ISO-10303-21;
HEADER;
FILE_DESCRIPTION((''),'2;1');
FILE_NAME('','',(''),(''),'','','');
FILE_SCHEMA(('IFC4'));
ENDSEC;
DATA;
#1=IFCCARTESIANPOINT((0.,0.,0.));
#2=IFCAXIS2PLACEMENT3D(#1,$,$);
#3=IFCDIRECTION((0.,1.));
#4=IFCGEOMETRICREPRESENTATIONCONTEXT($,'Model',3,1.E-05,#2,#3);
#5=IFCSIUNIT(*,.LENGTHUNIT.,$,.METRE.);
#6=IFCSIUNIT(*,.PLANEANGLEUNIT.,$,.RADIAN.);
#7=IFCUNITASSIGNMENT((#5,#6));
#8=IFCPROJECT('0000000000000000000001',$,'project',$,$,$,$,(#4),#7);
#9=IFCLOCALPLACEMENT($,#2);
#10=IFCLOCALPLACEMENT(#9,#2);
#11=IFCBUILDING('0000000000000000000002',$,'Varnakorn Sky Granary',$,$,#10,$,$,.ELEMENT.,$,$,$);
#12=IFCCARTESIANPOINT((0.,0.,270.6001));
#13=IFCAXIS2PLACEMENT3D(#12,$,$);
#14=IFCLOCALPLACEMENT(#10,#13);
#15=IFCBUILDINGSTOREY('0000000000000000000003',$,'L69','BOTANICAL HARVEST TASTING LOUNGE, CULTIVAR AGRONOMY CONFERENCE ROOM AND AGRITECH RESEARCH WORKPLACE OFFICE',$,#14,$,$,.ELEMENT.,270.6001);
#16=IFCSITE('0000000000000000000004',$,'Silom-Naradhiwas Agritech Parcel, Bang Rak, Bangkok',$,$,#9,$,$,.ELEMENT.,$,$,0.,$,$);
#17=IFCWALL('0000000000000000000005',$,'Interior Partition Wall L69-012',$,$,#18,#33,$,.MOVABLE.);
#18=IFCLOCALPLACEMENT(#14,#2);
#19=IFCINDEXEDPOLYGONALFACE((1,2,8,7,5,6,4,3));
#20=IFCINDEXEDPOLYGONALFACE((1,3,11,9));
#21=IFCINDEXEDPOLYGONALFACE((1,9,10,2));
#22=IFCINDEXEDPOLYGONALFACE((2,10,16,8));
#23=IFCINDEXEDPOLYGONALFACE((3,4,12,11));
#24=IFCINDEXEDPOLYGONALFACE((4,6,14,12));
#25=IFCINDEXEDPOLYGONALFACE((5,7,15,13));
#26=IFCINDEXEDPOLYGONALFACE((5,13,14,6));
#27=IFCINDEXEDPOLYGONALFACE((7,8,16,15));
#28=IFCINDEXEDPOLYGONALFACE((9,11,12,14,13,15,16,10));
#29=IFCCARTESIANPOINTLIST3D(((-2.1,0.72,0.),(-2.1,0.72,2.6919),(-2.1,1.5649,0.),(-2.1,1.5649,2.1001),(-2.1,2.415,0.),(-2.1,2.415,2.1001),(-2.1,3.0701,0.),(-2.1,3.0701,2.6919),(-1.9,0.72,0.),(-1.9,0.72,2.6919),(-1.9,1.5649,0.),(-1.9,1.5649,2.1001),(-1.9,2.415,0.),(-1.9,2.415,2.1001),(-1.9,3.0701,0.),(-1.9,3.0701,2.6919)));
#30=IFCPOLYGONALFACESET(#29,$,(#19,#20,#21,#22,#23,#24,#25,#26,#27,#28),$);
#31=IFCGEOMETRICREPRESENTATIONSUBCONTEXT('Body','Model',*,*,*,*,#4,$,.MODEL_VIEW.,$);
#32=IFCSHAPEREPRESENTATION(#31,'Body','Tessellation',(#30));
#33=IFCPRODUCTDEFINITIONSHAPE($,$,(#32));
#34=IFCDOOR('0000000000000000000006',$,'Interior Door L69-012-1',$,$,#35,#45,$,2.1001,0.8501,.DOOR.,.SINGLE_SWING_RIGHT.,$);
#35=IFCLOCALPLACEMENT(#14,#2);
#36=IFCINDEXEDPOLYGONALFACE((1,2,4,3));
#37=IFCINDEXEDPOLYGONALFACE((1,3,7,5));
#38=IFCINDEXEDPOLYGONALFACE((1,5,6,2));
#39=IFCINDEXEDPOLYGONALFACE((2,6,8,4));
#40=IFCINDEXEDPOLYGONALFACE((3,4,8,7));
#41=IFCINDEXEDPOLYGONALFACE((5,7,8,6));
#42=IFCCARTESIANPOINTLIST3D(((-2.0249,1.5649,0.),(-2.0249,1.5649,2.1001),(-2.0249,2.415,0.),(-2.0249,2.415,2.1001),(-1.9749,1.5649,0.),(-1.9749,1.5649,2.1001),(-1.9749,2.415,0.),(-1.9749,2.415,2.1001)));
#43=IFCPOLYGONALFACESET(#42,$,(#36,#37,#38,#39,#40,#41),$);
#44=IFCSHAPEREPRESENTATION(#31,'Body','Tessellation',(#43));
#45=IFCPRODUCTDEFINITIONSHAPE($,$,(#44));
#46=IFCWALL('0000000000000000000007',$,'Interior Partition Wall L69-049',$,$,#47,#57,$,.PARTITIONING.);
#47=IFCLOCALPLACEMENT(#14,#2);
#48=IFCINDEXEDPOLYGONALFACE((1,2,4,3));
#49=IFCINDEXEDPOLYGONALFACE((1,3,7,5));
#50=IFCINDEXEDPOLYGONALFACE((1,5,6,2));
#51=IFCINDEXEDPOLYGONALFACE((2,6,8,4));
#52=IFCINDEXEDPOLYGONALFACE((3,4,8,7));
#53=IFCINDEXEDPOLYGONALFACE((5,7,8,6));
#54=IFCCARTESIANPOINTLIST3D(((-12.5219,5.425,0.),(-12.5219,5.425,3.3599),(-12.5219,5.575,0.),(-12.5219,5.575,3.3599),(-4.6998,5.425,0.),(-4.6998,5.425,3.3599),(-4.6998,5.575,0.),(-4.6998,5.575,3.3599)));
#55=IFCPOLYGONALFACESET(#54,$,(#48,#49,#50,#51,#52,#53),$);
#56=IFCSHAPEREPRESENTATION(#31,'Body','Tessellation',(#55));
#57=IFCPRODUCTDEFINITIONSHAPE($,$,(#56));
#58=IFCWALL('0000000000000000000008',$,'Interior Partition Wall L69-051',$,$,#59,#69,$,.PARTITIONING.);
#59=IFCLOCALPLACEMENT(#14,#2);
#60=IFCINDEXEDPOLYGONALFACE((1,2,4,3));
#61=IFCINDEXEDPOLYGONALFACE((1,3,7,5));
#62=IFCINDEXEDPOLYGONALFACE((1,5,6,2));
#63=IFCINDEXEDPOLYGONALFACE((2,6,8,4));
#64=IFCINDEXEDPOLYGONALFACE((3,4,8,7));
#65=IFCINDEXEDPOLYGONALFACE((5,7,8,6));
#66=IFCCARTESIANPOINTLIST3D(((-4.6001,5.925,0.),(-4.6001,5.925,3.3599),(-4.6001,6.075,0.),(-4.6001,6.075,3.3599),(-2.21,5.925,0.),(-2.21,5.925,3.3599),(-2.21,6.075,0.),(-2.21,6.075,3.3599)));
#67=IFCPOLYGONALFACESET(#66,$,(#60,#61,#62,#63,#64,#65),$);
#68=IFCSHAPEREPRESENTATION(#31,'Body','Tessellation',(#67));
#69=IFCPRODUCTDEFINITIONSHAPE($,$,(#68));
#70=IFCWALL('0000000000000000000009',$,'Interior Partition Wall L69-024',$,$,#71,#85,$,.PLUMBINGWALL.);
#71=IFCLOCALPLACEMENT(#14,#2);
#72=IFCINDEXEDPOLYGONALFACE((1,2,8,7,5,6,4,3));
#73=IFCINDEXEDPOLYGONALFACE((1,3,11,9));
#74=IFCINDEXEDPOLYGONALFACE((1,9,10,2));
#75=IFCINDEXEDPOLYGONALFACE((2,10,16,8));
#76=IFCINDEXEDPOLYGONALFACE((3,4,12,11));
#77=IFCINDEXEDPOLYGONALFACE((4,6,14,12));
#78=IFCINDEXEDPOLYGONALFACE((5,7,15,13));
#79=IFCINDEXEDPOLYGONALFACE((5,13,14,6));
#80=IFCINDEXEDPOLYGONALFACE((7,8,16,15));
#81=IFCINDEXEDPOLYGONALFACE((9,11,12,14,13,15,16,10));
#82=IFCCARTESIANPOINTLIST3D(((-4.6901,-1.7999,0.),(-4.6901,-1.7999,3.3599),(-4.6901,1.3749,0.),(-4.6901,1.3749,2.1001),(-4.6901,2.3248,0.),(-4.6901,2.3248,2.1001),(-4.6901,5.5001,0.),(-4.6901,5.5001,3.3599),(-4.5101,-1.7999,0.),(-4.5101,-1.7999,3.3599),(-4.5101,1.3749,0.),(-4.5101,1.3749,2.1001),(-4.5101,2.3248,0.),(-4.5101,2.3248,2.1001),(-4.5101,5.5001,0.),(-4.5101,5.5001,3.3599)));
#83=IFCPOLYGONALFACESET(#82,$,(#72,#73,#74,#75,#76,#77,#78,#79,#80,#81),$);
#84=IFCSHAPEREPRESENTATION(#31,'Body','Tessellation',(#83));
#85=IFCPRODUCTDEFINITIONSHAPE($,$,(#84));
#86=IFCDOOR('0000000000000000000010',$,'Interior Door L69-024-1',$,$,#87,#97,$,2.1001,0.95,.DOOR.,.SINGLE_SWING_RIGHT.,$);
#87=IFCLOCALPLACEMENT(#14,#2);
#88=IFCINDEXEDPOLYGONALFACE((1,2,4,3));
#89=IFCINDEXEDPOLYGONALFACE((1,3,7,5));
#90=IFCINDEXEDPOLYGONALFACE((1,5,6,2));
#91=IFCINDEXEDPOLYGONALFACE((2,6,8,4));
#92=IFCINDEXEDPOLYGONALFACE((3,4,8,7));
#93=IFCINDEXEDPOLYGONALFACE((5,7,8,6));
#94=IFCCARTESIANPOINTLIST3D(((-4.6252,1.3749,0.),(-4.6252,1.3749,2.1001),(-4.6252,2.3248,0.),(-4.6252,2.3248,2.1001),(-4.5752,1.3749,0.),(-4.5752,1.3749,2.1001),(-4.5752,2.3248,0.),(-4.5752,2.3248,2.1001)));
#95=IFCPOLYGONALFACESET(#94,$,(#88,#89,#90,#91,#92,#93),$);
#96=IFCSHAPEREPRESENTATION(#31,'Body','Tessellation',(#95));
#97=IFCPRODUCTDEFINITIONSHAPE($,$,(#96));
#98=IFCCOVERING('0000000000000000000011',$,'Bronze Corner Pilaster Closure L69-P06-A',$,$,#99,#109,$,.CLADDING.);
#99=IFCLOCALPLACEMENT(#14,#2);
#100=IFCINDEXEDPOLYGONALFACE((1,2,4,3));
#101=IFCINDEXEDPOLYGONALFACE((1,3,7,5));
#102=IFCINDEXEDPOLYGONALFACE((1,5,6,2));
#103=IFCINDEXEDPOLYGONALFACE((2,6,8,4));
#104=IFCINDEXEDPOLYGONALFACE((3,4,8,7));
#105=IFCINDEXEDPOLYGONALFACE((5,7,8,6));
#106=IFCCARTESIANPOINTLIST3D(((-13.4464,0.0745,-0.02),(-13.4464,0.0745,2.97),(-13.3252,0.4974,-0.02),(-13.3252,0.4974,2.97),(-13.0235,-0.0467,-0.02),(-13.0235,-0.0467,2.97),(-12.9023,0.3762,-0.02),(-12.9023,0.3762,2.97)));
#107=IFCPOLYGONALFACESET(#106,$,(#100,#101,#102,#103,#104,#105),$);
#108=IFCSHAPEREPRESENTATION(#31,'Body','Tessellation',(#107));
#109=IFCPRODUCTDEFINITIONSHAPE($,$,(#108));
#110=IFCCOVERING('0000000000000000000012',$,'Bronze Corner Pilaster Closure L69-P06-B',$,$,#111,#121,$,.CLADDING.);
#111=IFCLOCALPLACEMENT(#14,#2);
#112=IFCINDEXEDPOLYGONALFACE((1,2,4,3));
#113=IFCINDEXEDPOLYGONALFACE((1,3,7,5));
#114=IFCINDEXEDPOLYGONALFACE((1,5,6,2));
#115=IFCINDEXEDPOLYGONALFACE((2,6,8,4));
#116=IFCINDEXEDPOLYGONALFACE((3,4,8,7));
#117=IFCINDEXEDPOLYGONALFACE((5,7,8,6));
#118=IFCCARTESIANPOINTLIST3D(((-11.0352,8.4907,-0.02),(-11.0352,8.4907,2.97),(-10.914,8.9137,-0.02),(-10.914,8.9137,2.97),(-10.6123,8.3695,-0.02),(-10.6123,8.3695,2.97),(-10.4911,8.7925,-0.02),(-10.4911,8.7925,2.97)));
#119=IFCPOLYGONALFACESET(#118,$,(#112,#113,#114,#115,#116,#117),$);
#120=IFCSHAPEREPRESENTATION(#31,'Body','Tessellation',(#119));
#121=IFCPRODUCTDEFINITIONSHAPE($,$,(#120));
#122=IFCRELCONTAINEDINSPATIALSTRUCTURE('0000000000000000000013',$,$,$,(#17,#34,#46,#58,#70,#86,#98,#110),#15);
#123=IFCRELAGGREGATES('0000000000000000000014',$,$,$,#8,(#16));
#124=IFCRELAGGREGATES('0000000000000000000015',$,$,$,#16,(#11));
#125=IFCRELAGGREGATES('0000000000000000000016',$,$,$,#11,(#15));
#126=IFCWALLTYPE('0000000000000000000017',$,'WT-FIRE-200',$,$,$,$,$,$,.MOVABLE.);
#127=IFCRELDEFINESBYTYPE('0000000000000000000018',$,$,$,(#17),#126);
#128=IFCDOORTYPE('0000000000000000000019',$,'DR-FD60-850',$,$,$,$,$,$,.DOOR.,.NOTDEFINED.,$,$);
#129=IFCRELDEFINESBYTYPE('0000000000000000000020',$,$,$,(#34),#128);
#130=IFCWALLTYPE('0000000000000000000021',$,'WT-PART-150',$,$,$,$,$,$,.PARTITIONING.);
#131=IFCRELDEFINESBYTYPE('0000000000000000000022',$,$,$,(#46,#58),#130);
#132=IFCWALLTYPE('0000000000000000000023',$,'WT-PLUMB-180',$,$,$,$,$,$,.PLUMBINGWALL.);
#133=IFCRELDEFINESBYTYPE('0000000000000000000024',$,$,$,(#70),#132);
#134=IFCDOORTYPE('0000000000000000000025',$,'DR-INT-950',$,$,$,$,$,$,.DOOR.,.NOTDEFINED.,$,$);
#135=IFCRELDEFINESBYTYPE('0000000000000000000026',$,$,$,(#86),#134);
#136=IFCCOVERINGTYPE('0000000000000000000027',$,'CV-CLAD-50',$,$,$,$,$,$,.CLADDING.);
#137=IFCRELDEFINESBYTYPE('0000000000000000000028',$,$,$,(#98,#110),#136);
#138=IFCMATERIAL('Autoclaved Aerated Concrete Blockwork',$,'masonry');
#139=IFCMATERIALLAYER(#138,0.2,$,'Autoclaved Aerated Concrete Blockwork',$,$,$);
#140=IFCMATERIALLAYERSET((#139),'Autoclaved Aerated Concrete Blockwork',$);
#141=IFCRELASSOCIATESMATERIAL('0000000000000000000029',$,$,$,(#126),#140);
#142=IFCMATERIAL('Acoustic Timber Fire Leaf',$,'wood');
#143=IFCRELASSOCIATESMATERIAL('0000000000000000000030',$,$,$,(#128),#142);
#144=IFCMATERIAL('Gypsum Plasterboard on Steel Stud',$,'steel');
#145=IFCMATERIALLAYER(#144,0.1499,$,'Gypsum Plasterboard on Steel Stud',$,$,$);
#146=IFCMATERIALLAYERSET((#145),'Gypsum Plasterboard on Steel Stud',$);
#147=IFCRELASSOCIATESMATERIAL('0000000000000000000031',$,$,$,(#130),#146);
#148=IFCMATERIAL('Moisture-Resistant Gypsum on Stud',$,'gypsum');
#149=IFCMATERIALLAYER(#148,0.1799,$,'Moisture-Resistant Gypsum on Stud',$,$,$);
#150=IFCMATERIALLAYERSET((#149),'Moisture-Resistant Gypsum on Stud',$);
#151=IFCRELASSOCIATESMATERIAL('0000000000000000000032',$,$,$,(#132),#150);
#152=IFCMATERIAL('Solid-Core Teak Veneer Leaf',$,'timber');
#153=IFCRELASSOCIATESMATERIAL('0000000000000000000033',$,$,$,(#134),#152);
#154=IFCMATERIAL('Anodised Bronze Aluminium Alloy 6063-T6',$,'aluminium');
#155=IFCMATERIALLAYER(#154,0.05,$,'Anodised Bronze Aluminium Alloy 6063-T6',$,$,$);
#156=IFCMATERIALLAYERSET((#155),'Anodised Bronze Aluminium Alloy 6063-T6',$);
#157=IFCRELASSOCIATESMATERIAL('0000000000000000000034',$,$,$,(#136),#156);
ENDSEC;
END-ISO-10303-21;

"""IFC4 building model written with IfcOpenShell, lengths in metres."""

from ifc_helpers import new_model, si_unit, direction, frame, frame_2d, origin, origin_2d, place, context, subcontext, project, spatial, rectangle, extrude, source, transform, mapped, material, layer, layer_set, type_object, type_shapes, element, fill, save


model = new_model("IFC4")

# Units and contexts
model_context = context("Model", 3, precision=1e-05, world=origin(), true_north=direction((0.0, 1.0)))
body_context = subcontext(model_context, "Body", "Model", "MODEL_VIEW")
ifc_project = project(units=[si_unit("LENGTHUNIT", "METRE"), si_unit("PLANEANGLEUNIT", "RADIAN")], contexts=[model_context])

# Site, building, storey
site_placement = place(None, origin())
site = spatial("IfcSite", under=ifc_project, at=site_placement, Name="Silom-Naradhiwas Agritech Parcel, Bang Rak, Bangkok", CompositionType="ELEMENT", RefElevation=0.0)
building_placement = place(site_placement, origin())
building = spatial("IfcBuilding", under=site, at=building_placement, Name="Varnakorn Sky Granary", CompositionType="ELEMENT")
storey_placement = place(building_placement, frame((0.0, 0.0, 270.6001)))
storey = spatial("IfcBuildingStorey", under=building, at=storey_placement, Name="L69", Description="BOTANICAL HARVEST TASTING LOUNGE, CULTIVAR AGRONOMY CONFERENCE ROOM AND AGRITECH RESEARCH WORKPLACE OFFICE", CompositionType="ELEMENT", Elevation=270.6001)

# Shared definitions
ifc_material_1 = material(Name="Anodised Bronze Aluminium Alloy 6063-T6", Category="aluminium")

# Wall, opening, door
ifc_material_2 = material(Name="Autoclaved Aerated Concrete Blockwork", Category="masonry")
ifc_layer_1 = layer(ifc_material_2, 0.2, Name="Autoclaved Aerated Concrete Blockwork")
ifc_layer_set_1 = layer_set([ifc_layer_1], Name="Autoclaved Aerated Concrete Blockwork")
wall_type_1 = type_object("IfcWallType", Name="WT-FIRE-200", PredefinedType="MOVABLE", material=ifc_layer_set_1)
wall_1_placement = place(storey_placement, frame((-2.0, 0.72, 0.0), z_axis=(0.0, 0.0, 1.0), x_axis=(0.0, 1.0, 0.0)))
wall_1 = element("IfcWall", 1, at=wall_1_placement, inside=storey, type_object=wall_type_1, Name="Interior Partition Wall L69-012", PredefinedType="MOVABLE", context=body_context, shape_type="SweptSolid", body=[
    extrude(rectangle(XDim=2.3501, YDim=0.2, at=frame_2d((1.175, 0.0))), origin(), (0.0, 0.0, 1.0), 2.6919),
])
opening_1_placement = place(wall_1_placement, frame((0.845, 0.0, 0.0)))
opening_1 = element("IfcOpeningElement", 2, at=opening_1_placement, cuts=wall_1, PredefinedType="OPENING", context=body_context, shape_type="SweptSolid", body=[
    extrude(rectangle(XDim=0.8501, YDim=2.1001, at=frame_2d((0.425, 1.05))), frame((0.0, 0.1099, 0.0), z_axis=(0.0, -1.0, 0.0), x_axis=(1.0, 0.0, 0.0)), (0.0, 0.0, 1.0), 0.22),
])
ifc_material_3 = material(Name="Acoustic Timber Fire Leaf", Category="wood")
door_type_1 = type_object("IfcDoorType", Name="DR-FD60-850", OperationType="NOTDEFINED", PredefinedType="DOOR", material=ifc_material_3)
door_1_placement = place(opening_1_placement, origin())
door_1 = element("IfcDoor", 3, at=door_1_placement, inside=storey, type_object=door_type_1, Name="Interior Door L69-012-1", OperationType="SINGLE_SWING_RIGHT", OverallHeight=2.1001, OverallWidth=0.8501, PredefinedType="DOOR", context=body_context, shape_type="SweptSolid", body=[
    extrude(rectangle(XDim=0.8501, YDim=2.1001, at=frame_2d((0.425, 1.05))), frame((0.0, 0.0249, 0.0), z_axis=(0.0, -1.0, 0.0), x_axis=(1.0, 0.0, 0.0)), (0.0, 0.0, 1.0), 0.05),
])
fill(opening_1, door_1)

# Walls
ifc_material_4 = material(Name="Gypsum Plasterboard on Steel Stud", Category="steel")
ifc_layer_2 = layer(ifc_material_4, 0.1499, Name="Gypsum Plasterboard on Steel Stud")
ifc_layer_set_2 = layer_set([ifc_layer_2], Name="Gypsum Plasterboard on Steel Stud")
wall_type_2 = type_object("IfcWallType", Name="WT-PART-150", PredefinedType="PARTITIONING", material=ifc_layer_set_2)
wall_2_placement = place(storey_placement, frame((-12.522, 5.5, 0.0), z_axis=(0.0, 0.0, 1.0), x_axis=(1.0, 0.0, 0.0)))
element("IfcWall", 4, at=wall_2_placement, inside=storey, type_object=wall_type_2, Name="Interior Partition Wall L69-049", PredefinedType="PARTITIONING", context=body_context, shape_type="SweptSolid", body=[
    extrude(rectangle(XDim=7.822, YDim=0.1499, at=frame_2d((3.9111, 0.0))), origin(), (0.0, 0.0, 1.0), 3.3599),
])
wall_3_placement = place(storey_placement, frame((-2.21, 6.0, 0.0), z_axis=(0.0, 0.0, 1.0), x_axis=(-1.0, 0.0, 0.0)))
element("IfcWall", 5, at=wall_3_placement, inside=storey, type_object=wall_type_2, Name="Interior Partition Wall L69-051", PredefinedType="PARTITIONING", context=body_context, shape_type="SweptSolid", body=[
    extrude(rectangle(XDim=2.3901, YDim=0.1499, at=frame_2d((1.1951, 0.0))), origin(), (0.0, 0.0, 1.0), 3.3599),
])

# Wall, opening, door
ifc_material_5 = material(Name="Moisture-Resistant Gypsum on Stud", Category="gypsum")
ifc_layer_3 = layer(ifc_material_5, 0.1799, Name="Moisture-Resistant Gypsum on Stud")
ifc_layer_set_3 = layer_set([ifc_layer_3], Name="Moisture-Resistant Gypsum on Stud")
wall_type_3 = type_object("IfcWallType", Name="WT-PLUMB-180", PredefinedType="PLUMBINGWALL", material=ifc_layer_set_3)
wall_4_placement = place(storey_placement, frame((-4.6001, 5.5, 0.0), z_axis=(0.0, 0.0, 1.0), x_axis=(0.0, -1.0, 0.0)))
wall_4 = element("IfcWall", 6, at=wall_4_placement, inside=storey, type_object=wall_type_3, Name="Interior Partition Wall L69-024", PredefinedType="PLUMBINGWALL", context=body_context, shape_type="SweptSolid", body=[
    extrude(rectangle(XDim=7.3, YDim=0.1799, at=frame_2d((3.6499, 0.0))), origin(), (0.0, 0.0, 1.0), 3.3599),
])
opening_2_placement = place(wall_4_placement, frame((3.175, 0.0, 0.0)))
opening_2 = element("IfcOpeningElement", 7, at=opening_2_placement, cuts=wall_4, PredefinedType="OPENING", context=body_context, shape_type="SweptSolid", body=[
    extrude(rectangle(XDim=0.95, YDim=2.1001, at=frame_2d((0.4751, 1.05))), frame((0.0, 0.1001, 0.0), z_axis=(0.0, -1.0, 0.0), x_axis=(1.0, 0.0, 0.0)), (0.0, 0.0, 1.0), 0.2),
])
ifc_material_6 = material(Name="Solid-Core Teak Veneer Leaf", Category="timber")
door_type_2 = type_object("IfcDoorType", Name="DR-INT-950", OperationType="NOTDEFINED", PredefinedType="DOOR", material=ifc_material_6)
door_2_placement = place(opening_2_placement, origin())
door_2 = element("IfcDoor", 8, at=door_2_placement, inside=storey, type_object=door_type_2, Name="Interior Door L69-024-1", OperationType="SINGLE_SWING_RIGHT", OverallHeight=2.1001, OverallWidth=0.95, PredefinedType="DOOR", context=body_context, shape_type="SweptSolid", body=[
    extrude(rectangle(XDim=0.95, YDim=2.1001, at=frame_2d((0.4751, 1.05))), frame((0.0, 0.0249, 0.0), z_axis=(0.0, -1.0, 0.0), x_axis=(1.0, 0.0, 0.0)), (0.0, 0.0, 1.0), 0.05),
])
fill(opening_2, door_2)

# Coverings
ifc_layer_4 = layer(ifc_material_1, 0.05, Name="Anodised Bronze Aluminium Alloy 6063-T6")
ifc_layer_set_4 = layer_set([ifc_layer_4], Name="Anodised Bronze Aluminium Alloy 6063-T6")
covering_type = type_object("IfcCoveringType", Name="CV-CLAD-50", PredefinedType="CLADDING", material=ifc_layer_set_4)
shared_shape_1 = source(origin(), body_context, "Body", "SweptSolid", [
    extrude(rectangle(XDim=0.4399, YDim=0.4399, at=origin_2d()), origin(), (0.0, 0.0, 1.0), 2.99),
])
type_shapes(covering_type, [shared_shape_1])
for number, where, z_axis, x_axis, name in (
    (9, (-13.1743, 0.2253, -0.02), (0.0, 0.0, 1.0), (0.27547, 0.96131, 0.0), "Bronze Corner Pilaster Closure L69-P06-A"),
    (10, (-10.7632, 8.6416, -0.02), (0.0, 0.0, 1.0), (0.27547, 0.96131, 0.0), "Bronze Corner Pilaster Closure L69-P06-B"),
):
    element("IfcCovering", number, at=place(storey_placement, frame(where, z_axis=z_axis, x_axis=x_axis)), inside=storey, type_object=covering_type, Name=name, PredefinedType="CLADDING", context=body_context, shape_type="MappedRepresentation", body=[
        mapped(shared_shape_1, transform((0.0, 0.0, 0.0), x_axis=(1.0, 0.0, 0.0), y_axis=(0.0, 1.0, 0.0), z_axis=(0.0, 0.0, 1.0), scale=1.0)),
    ])

save(model, "model.ifc")
